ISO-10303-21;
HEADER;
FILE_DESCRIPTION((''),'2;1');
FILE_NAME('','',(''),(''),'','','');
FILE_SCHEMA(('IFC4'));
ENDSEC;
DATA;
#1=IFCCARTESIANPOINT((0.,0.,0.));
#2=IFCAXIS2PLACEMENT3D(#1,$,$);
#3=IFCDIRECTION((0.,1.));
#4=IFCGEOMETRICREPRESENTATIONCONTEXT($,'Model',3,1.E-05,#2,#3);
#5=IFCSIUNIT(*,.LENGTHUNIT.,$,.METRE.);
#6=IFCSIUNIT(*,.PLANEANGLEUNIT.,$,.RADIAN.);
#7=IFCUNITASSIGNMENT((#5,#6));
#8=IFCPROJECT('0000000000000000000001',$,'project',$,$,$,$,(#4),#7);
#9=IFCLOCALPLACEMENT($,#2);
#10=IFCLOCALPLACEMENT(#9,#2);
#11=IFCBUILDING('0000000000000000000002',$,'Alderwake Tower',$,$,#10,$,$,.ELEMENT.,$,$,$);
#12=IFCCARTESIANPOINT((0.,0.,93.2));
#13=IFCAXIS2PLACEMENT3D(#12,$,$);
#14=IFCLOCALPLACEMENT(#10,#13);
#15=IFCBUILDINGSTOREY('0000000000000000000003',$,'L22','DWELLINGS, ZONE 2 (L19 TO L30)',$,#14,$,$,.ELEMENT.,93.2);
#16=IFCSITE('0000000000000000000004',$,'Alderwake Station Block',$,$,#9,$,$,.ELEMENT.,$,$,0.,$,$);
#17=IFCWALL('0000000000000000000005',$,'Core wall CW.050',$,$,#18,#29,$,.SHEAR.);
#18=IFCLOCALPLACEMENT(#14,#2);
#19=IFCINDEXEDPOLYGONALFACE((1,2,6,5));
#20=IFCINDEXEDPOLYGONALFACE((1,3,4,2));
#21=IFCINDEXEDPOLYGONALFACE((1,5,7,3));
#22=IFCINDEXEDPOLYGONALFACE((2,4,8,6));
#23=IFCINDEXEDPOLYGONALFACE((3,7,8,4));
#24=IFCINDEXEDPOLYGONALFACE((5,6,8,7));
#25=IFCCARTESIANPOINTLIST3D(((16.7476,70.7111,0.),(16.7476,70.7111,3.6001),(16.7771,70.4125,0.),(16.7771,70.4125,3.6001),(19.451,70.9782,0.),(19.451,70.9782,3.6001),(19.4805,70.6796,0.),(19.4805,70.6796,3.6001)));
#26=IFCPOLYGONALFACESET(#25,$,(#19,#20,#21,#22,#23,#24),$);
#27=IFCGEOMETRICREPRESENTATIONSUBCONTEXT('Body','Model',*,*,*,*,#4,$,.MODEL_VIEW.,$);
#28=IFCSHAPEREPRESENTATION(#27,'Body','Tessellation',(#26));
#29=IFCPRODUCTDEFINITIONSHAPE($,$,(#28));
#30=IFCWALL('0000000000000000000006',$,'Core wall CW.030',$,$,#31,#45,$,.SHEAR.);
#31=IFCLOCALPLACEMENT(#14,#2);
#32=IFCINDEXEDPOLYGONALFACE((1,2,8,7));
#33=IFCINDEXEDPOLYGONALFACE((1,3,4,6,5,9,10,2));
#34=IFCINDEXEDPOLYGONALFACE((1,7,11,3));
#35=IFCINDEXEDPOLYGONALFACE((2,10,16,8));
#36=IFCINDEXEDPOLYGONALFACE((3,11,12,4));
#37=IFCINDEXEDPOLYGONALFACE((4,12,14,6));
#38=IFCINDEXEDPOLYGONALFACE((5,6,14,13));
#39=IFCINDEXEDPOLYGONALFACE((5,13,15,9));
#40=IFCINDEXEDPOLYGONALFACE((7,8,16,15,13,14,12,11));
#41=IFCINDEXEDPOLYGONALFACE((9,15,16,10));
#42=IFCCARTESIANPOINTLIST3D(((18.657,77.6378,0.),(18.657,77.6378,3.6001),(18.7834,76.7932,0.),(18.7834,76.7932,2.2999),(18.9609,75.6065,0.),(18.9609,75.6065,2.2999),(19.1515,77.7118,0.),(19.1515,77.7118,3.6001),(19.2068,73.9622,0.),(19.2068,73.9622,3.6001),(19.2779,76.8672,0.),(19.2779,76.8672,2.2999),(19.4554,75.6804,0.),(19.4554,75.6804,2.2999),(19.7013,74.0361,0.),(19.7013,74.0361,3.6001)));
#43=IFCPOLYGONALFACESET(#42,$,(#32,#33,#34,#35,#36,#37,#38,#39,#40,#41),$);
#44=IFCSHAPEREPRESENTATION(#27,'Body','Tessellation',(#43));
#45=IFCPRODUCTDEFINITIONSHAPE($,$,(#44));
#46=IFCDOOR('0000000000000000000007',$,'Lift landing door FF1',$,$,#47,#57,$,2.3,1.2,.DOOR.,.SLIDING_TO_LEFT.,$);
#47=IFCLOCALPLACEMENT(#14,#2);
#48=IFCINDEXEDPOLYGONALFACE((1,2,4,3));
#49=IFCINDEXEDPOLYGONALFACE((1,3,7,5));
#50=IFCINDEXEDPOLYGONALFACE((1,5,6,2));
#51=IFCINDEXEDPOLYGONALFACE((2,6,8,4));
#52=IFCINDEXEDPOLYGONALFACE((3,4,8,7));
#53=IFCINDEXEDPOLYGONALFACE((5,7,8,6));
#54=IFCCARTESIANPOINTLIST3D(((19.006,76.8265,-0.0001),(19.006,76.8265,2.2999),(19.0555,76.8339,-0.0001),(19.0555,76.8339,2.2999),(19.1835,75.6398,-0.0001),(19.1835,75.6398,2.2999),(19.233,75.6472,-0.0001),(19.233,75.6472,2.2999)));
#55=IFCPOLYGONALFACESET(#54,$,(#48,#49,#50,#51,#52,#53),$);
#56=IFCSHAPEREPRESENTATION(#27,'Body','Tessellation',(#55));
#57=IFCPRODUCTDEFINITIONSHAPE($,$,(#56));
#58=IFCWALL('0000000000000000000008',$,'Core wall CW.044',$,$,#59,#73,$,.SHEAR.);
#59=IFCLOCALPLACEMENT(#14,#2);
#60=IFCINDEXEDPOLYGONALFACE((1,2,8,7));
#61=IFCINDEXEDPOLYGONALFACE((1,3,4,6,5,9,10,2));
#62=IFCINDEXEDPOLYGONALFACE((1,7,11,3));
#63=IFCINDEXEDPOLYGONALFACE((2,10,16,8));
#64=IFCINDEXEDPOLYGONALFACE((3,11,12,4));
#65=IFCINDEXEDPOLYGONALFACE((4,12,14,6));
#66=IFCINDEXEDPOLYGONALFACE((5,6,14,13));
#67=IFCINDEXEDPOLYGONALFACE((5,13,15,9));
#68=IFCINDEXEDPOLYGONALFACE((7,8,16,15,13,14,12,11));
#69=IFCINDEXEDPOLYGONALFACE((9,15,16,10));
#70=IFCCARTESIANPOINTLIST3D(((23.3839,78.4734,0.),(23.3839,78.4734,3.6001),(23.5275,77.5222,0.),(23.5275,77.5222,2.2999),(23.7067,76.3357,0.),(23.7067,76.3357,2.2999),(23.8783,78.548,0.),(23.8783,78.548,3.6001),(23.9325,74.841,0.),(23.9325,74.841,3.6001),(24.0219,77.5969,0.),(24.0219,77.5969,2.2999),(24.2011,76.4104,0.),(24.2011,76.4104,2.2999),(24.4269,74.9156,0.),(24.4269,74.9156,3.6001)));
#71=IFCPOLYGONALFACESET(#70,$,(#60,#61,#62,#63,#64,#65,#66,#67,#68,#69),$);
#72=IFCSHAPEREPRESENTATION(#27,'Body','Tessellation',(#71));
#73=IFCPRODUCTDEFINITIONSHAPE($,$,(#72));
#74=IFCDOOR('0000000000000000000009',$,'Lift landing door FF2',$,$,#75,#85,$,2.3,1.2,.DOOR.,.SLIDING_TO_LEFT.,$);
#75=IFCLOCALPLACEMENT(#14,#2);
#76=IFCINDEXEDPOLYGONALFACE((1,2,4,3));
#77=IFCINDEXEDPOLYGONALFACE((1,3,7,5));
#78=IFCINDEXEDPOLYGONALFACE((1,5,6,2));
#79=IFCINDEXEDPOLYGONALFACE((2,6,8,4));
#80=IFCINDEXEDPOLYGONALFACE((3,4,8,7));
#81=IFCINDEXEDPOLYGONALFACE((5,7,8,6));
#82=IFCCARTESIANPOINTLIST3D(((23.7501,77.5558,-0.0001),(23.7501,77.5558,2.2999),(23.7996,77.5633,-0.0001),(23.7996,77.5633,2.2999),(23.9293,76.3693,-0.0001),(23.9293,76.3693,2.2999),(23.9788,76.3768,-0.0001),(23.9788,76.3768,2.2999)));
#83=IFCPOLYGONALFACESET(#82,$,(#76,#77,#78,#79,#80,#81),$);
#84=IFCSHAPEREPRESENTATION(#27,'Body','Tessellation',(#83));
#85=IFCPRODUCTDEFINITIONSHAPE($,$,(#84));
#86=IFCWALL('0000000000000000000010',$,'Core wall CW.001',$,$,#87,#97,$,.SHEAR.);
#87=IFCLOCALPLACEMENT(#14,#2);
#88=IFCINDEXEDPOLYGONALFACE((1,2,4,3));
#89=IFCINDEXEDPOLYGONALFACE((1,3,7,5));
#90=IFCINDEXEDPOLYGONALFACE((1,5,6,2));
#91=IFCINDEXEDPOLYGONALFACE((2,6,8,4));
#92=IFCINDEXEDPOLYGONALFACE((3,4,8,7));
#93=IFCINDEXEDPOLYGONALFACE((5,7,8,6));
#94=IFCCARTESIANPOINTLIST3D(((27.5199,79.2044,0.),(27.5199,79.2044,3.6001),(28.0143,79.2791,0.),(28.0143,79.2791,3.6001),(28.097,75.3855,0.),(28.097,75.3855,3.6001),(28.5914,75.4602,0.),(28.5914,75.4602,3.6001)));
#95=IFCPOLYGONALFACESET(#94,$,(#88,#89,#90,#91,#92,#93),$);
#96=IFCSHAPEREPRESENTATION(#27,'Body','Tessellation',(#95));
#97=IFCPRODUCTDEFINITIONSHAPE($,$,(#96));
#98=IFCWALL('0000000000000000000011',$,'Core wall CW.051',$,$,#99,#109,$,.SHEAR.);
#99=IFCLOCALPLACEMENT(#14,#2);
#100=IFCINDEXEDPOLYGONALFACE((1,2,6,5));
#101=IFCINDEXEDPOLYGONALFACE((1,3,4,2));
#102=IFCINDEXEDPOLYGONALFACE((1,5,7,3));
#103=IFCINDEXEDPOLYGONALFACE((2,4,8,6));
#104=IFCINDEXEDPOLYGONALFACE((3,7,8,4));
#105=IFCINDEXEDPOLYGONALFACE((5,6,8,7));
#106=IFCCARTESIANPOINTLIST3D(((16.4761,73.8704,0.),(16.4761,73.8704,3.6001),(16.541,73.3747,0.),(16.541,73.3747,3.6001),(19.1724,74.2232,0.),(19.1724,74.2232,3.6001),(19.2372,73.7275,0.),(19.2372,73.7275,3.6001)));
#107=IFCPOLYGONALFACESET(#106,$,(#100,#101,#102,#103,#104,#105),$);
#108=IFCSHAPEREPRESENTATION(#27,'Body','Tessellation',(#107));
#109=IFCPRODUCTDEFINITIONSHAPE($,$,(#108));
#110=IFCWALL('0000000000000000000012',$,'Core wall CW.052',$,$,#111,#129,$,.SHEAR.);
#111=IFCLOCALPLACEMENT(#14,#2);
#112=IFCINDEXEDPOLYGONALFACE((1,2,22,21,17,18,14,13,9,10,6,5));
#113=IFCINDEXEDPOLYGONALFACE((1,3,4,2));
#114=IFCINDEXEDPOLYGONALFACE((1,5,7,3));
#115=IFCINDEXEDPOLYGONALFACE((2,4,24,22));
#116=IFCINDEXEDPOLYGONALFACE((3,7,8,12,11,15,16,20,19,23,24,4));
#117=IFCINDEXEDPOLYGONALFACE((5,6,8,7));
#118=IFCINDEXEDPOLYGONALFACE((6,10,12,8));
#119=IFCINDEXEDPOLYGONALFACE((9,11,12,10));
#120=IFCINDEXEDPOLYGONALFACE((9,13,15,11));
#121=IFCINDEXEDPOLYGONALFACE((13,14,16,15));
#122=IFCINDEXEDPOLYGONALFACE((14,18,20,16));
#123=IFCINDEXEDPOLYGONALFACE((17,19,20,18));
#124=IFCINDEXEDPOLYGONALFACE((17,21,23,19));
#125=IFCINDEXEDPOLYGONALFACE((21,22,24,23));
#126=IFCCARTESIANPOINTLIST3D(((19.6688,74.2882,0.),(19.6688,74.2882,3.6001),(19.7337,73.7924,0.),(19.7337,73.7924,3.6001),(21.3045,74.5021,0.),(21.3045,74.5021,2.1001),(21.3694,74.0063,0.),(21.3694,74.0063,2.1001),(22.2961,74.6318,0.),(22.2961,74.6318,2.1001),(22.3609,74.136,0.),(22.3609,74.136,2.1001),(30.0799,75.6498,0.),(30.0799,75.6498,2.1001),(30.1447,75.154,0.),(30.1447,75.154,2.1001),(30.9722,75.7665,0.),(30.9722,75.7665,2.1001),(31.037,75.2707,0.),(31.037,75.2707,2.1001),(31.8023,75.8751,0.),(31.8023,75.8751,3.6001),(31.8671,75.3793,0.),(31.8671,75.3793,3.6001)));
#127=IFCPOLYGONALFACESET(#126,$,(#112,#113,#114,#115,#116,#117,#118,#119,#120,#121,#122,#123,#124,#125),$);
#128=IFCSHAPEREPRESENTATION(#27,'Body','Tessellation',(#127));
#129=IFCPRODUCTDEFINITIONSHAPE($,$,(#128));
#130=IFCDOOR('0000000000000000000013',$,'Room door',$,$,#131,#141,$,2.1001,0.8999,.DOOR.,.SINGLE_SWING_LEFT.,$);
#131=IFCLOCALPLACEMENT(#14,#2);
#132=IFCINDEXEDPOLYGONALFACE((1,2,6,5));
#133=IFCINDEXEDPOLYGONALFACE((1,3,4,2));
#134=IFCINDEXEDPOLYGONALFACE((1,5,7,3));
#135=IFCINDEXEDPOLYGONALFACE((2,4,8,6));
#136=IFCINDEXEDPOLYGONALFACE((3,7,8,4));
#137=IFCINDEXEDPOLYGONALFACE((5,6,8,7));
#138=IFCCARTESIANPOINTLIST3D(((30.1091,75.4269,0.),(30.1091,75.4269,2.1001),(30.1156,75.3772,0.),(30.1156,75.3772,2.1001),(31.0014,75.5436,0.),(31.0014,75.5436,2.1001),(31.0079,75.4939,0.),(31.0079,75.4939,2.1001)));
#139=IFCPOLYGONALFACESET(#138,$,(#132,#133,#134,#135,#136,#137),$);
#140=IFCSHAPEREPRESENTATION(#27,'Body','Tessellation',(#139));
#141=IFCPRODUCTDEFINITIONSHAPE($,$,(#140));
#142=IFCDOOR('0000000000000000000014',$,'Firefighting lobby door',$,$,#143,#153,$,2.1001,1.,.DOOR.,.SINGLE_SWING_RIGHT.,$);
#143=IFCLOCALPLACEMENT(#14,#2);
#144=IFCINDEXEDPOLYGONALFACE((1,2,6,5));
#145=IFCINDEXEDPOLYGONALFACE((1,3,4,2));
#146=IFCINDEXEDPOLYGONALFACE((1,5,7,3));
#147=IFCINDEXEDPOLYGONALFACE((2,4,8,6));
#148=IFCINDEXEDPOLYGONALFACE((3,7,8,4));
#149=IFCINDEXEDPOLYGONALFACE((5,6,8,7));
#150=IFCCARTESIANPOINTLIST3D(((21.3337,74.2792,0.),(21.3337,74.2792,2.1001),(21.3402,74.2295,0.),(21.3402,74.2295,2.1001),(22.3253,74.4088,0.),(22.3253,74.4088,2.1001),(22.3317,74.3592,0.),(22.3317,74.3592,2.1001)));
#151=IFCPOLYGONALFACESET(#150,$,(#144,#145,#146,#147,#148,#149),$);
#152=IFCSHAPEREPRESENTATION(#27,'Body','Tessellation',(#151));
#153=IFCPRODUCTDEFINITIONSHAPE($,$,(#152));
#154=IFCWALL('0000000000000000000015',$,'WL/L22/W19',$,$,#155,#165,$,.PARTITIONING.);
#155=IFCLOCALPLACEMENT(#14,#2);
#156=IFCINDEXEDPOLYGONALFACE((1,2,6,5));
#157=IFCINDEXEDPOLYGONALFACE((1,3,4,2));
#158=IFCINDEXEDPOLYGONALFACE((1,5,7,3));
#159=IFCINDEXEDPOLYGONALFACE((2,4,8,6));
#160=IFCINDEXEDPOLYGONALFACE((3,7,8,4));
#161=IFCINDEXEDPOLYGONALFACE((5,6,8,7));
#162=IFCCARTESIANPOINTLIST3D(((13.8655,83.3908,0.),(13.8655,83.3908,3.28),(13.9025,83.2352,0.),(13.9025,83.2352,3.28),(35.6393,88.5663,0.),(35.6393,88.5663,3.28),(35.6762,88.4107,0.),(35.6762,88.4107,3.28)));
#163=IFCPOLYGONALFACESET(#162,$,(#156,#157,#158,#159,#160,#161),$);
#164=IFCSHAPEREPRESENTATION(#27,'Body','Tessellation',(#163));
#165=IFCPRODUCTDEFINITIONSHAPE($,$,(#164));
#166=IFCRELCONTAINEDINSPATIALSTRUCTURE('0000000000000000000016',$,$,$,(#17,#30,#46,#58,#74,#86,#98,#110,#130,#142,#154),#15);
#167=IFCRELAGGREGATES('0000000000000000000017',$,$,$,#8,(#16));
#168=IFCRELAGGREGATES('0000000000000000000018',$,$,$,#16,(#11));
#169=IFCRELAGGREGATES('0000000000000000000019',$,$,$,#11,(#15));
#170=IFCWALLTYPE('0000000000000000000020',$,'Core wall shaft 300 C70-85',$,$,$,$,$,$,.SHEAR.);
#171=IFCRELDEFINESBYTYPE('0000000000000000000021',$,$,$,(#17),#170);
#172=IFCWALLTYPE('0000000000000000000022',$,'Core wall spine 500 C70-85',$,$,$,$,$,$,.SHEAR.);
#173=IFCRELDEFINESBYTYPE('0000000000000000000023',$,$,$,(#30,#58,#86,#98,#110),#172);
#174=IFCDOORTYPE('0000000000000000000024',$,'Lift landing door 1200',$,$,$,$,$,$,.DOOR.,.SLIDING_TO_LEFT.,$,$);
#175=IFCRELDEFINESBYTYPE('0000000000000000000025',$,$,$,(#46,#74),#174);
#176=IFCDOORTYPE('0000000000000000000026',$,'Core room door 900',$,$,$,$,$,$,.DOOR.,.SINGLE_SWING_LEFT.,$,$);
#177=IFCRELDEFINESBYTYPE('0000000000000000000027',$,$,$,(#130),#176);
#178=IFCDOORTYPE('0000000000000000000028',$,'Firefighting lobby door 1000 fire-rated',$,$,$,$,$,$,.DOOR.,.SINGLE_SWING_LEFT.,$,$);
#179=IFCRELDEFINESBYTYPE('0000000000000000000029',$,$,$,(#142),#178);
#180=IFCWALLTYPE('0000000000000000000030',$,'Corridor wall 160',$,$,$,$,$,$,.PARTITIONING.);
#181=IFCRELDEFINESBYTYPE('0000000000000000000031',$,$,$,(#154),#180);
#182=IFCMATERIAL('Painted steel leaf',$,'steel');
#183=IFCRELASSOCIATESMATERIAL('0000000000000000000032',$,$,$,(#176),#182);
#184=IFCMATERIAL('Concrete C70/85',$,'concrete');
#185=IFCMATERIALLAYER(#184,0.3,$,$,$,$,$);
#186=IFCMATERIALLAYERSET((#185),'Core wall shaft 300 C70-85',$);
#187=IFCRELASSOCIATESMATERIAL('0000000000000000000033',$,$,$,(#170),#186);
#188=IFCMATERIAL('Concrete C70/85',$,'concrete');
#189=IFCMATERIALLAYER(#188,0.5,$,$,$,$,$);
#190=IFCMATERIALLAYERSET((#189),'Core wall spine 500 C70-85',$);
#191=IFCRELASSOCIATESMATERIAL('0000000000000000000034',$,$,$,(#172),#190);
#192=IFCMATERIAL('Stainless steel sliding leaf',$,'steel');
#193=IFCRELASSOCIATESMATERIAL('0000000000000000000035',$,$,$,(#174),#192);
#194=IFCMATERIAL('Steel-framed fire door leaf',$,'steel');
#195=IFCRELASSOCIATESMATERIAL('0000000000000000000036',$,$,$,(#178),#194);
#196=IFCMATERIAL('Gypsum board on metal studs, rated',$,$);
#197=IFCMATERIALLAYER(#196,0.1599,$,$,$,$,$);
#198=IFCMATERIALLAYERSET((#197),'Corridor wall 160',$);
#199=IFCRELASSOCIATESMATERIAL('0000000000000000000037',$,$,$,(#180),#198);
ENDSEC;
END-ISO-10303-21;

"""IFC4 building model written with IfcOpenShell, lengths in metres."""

from ifc_helpers import new_model, si_unit, direction, frame, frame_2d, origin, place, context, subcontext, project, spatial, rectangle, extrude, material, layer, layer_set, type_object, element, fill, save


model = new_model("IFC4")

# Units and contexts
model_context = context("Model", 3, precision=1e-05, world=origin(), true_north=direction((0.0, 1.0)))
body_context = subcontext(model_context, "Body", "Model", "MODEL_VIEW")
ifc_project = project(units=[si_unit("LENGTHUNIT", "METRE"), si_unit("PLANEANGLEUNIT", "RADIAN")], contexts=[model_context])

# Site, building, storey
site_placement = place(None, origin())
site = spatial("IfcSite", under=ifc_project, at=site_placement, Name="Alderwake Station Block", CompositionType="ELEMENT", RefElevation=0.0)
building_placement = place(site_placement, origin())
building = spatial("IfcBuilding", under=site, at=building_placement, Name="Alderwake Tower", CompositionType="ELEMENT")
storey_placement = place(building_placement, frame((0.0, 0.0, 93.2)))
storey = spatial("IfcBuildingStorey", under=building, at=storey_placement, Name="L22", Description="DWELLINGS, ZONE 2 (L19 TO L30)", CompositionType="ELEMENT", Elevation=93.2)

# Shared definitions
ifc_material_1 = material(Name="Painted steel leaf", Category="steel")
door_type_1 = type_object("IfcDoorType", Name="Core room door 900", OperationType="SINGLE_SWING_LEFT", PredefinedType="DOOR", material=ifc_material_1)

# Wall
ifc_material_2 = material(Name="Concrete C70/85", Category="concrete")
ifc_layer_1 = layer(ifc_material_2, 0.3)
ifc_layer_set_1 = layer_set([ifc_layer_1], Name="Core wall shaft 300 C70-85")
wall_type_1 = type_object("IfcWallType", Name="Core wall shaft 300 C70-85", PredefinedType="SHEAR", material=ifc_layer_set_1)
wall_1_placement = place(storey_placement, frame((16.7622, 70.5618, 0.0), z_axis=(0.0, 0.0, 1.0), x_axis=(0.995155, 0.09832, 0.0)))
element("IfcWall", 1, at=wall_1_placement, inside=storey, type_object=wall_type_1, Name="Core wall CW.050", PredefinedType="SHEAR", context=body_context, shape_type="SweptSolid", body=[
    extrude(rectangle(XDim=2.7166, YDim=0.3, at=frame_2d((1.3584, 0.0))), origin(), (0.0, 0.0, 1.0), 3.6001),
])

# Walls, openings, doors
ifc_material_3 = material(Name="Concrete C70/85", Category="concrete")
ifc_layer_2 = layer(ifc_material_3, 0.5)
ifc_layer_set_2 = layer_set([ifc_layer_2], Name="Core wall spine 500 C70-85")
wall_type_2 = type_object("IfcWallType", Name="Core wall spine 500 C70-85", PredefinedType="SHEAR", material=ifc_layer_set_2)
wall_2_placement = place(storey_placement, frame((19.4541, 73.999, 0.0), z_axis=(0.0, 0.0, 1.0), x_axis=(-0.147929, 0.988998, 0.0)))
wall_2 = element("IfcWall", 2, at=wall_2_placement, inside=storey, type_object=wall_type_2, Name="Core wall CW.030", PredefinedType="SHEAR", context=body_context, shape_type="SweptSolid", body=[
    extrude(rectangle(XDim=3.7166, YDim=0.5, at=frame_2d((1.8584, 0.0))), origin(), (0.0, 0.0, 1.0), 3.6001),
])
opening_1_placement = place(wall_2_placement, frame((1.6626, 0.0, 0.0)))
opening_1 = element("IfcOpeningElement", 3, at=opening_1_placement, cuts=wall_2, PredefinedType="OPENING", context=body_context, shape_type="SweptSolid", body=[
    extrude(rectangle(XDim=1.2, YDim=2.3, at=frame_2d((0.6001, 1.1499))), frame((0.0, 0.26, 0.0), z_axis=(0.0, -1.0, 0.0), x_axis=(1.0, 0.0, 0.0)), (0.0, 0.0, 1.0), 0.52),
])
ifc_material_4 = material(Name="Stainless steel sliding leaf", Category="steel")
door_type_2 = type_object("IfcDoorType", Name="Lift landing door 1200", OperationType="SLIDING_TO_LEFT", PredefinedType="DOOR", material=ifc_material_4)
door_1_placement = place(opening_1_placement, origin())
door_1 = element("IfcDoor", 4, at=door_1_placement, inside=storey, type_object=door_type_2, Name="Lift landing door FF1", OperationType="SLIDING_TO_LEFT", OverallHeight=2.3, OverallWidth=1.2, PredefinedType="DOOR", context=body_context, shape_type="SweptSolid", body=[
    extrude(rectangle(XDim=1.2, YDim=2.3, at=frame_2d((0.6001, 1.1499))), frame((0.0, 0.0249, 0.0), z_axis=(0.0, -1.0, 0.0), x_axis=(1.0, 0.0, 0.0)), (0.0, 0.0, 1.0), 0.05),
])
fill(opening_1, door_1)
wall_3_placement = place(storey_placement, frame((24.1797, 74.8782, 0.0), z_axis=(0.0, 0.0, 1.0), x_axis=(-0.149335, 0.988787, 0.0)))
wall_3 = element("IfcWall", 5, at=wall_3_placement, inside=storey, type_object=wall_type_2, Name="Core wall CW.044", PredefinedType="SHEAR", context=body_context, shape_type="SweptSolid", body=[
    extrude(rectangle(XDim=3.6736, YDim=0.5, at=frame_2d((1.8369, 0.0))), origin(), (0.0, 0.0, 1.0), 3.6001),
])
opening_2_placement = place(wall_3_placement, frame((1.5117, 0.0, 0.0)))
opening_2 = element("IfcOpeningElement", 6, at=opening_2_placement, cuts=wall_3, PredefinedType="OPENING", context=body_context, shape_type="SweptSolid", body=[
    extrude(rectangle(XDim=1.2, YDim=2.3, at=frame_2d((0.6001, 1.1499))), frame((0.0, 0.26, 0.0), z_axis=(0.0, -1.0, 0.0), x_axis=(1.0, 0.0, 0.0)), (0.0, 0.0, 1.0), 0.52),
])
door_2_placement = place(opening_2_placement, origin())
door_2 = element("IfcDoor", 7, at=door_2_placement, inside=storey, type_object=door_type_2, Name="Lift landing door FF2", OperationType="SLIDING_TO_LEFT", OverallHeight=2.3, OverallWidth=1.2, PredefinedType="DOOR", context=body_context, shape_type="SweptSolid", body=[
    extrude(rectangle(XDim=1.2, YDim=2.3, at=frame_2d((0.6001, 1.1499))), frame((0.0, 0.0249, 0.0), z_axis=(0.0, -1.0, 0.0), x_axis=(1.0, 0.0, 0.0)), (0.0, 0.0, 1.0), 0.05),
])
fill(opening_2, door_2)

# Walls
wall_4_placement = place(storey_placement, frame((28.3442, 75.4229, 0.0), z_axis=(0.0, 0.0, 1.0), x_axis=(-0.149435, 0.988772, 0.0)))
element("IfcWall", 8, at=wall_4_placement, inside=storey, type_object=wall_type_2, Name="Core wall CW.001", PredefinedType="SHEAR", context=body_context, shape_type="SweptSolid", body=[
    extrude(rectangle(XDim=3.8623, YDim=0.5, at=frame_2d((1.9312, 0.0))), origin(), (0.0, 0.0, 1.0), 3.6001),
])
wall_5_placement = place(storey_placement, frame((16.5085, 73.6226, 0.0), z_axis=(0.0, 0.0, 1.0), x_axis=(0.991549, 0.129735, 0.0)))
element("IfcWall", 9, at=wall_5_placement, inside=storey, type_object=wall_type_2, Name="Core wall CW.051", PredefinedType="SHEAR", context=body_context, shape_type="SweptSolid", body=[
    extrude(rectangle(XDim=2.7192, YDim=0.5, at=frame_2d((1.3596, 0.0))), origin(), (0.0, 0.0, 1.0), 3.6001),
])

# Wall, openings, doors
wall_6_placement = place(storey_placement, frame((31.8347, 75.6272, 0.0), z_axis=(0.0, 0.0, 1.0), x_axis=(-0.991556, -0.129683, 0.0)))
wall_6 = element("IfcWall", 10, at=wall_6_placement, inside=storey, type_object=wall_type_2, Name="Core wall CW.052", PredefinedType="SHEAR", context=body_context, shape_type="SweptSolid", body=[
    extrude(rectangle(XDim=12.2368, YDim=0.5, at=frame_2d((6.1184, 0.0))), origin(), (0.0, 0.0, 1.0), 3.6001),
])
opening_3_placement = place(wall_6_placement, frame((9.5872, 0.0, 0.0)))
opening_3 = element("IfcOpeningElement", 11, at=opening_3_placement, cuts=wall_6, PredefinedType="OPENING", context=body_context, shape_type="SweptSolid", body=[
    extrude(rectangle(XDim=1.0, YDim=2.1001, at=frame_2d((0.5, 1.05))), frame((0.0, 0.26, 0.0), z_axis=(0.0, -1.0, 0.0), x_axis=(1.0, 0.0, 0.0)), (0.0, 0.0, 1.0), 0.52),
])
opening_4_placement = place(wall_6_placement, frame((0.8372, 0.0, 0.0)))
opening_4 = element("IfcOpeningElement", 12, at=opening_4_placement, cuts=wall_6, PredefinedType="OPENING", context=body_context, shape_type="SweptSolid", body=[
    extrude(rectangle(XDim=0.8999, YDim=2.1001, at=frame_2d((0.45, 1.05))), frame((0.0, 0.26, 0.0), z_axis=(0.0, -1.0, 0.0), x_axis=(1.0, 0.0, 0.0)), (0.0, 0.0, 1.0), 0.52),
])
door_3_placement = place(opening_4_placement, origin())
door_3 = element("IfcDoor", 13, at=door_3_placement, inside=storey, type_object=door_type_1, Name="Room door", OperationType="SINGLE_SWING_LEFT", OverallHeight=2.1001, OverallWidth=0.8999, PredefinedType="DOOR", context=body_context, shape_type="SweptSolid", body=[
    extrude(rectangle(XDim=0.8999, YDim=2.1001, at=frame_2d((0.45, 1.05))), frame((0.0, 0.0249, 0.0), z_axis=(0.0, -1.0, 0.0), x_axis=(1.0, 0.0, 0.0)), (0.0, 0.0, 1.0), 0.05),
])
fill(opening_4, door_3)
ifc_material_5 = material(Name="Steel-framed fire door leaf", Category="steel")
door_type_3 = type_object("IfcDoorType", Name="Firefighting lobby door 1000 fire-rated", OperationType="SINGLE_SWING_LEFT", PredefinedType="DOOR", material=ifc_material_5)
door_4_placement = place(opening_3_placement, origin())
door_4 = element("IfcDoor", 14, at=door_4_placement, inside=storey, type_object=door_type_3, Name="Firefighting lobby door", OperationType="SINGLE_SWING_RIGHT", OverallHeight=2.1001, OverallWidth=1.0, PredefinedType="DOOR", context=body_context, shape_type="SweptSolid", body=[
    extrude(rectangle(XDim=1.0, YDim=2.1001, at=frame_2d((0.5, 1.05))), frame((0.0, 0.0249, 0.0), z_axis=(0.0, -1.0, 0.0), x_axis=(1.0, 0.0, 0.0)), (0.0, 0.0, 1.0), 0.05),
])
fill(opening_3, door_4)

# Wall
ifc_material_6 = material(Name="Gypsum board on metal studs, rated")
ifc_layer_3 = layer(ifc_material_6, 0.1599)
ifc_layer_set_3 = layer_set([ifc_layer_3], Name="Corridor wall 160")
wall_type_3 = type_object("IfcWallType", Name="Corridor wall 160", PredefinedType="PARTITIONING", material=ifc_layer_set_3)
wall_7_placement = place(storey_placement, frame((13.884, 83.313, 0.0), z_axis=(0.0, 0.0, 1.0), x_axis=(0.972893, 0.231254, 0.0)))
element("IfcWall", 15, at=wall_7_placement, inside=storey, type_object=wall_type_3, Name="WL/L22/W19", PredefinedType="PARTITIONING", context=body_context, shape_type="SweptSolid", body=[
    extrude(rectangle(XDim=22.3804, YDim=0.1599, at=frame_2d((11.1902, 0.0))), origin(), (0.0, 0.0, 1.0), 3.28),
])

save(model, "model.ifc")
